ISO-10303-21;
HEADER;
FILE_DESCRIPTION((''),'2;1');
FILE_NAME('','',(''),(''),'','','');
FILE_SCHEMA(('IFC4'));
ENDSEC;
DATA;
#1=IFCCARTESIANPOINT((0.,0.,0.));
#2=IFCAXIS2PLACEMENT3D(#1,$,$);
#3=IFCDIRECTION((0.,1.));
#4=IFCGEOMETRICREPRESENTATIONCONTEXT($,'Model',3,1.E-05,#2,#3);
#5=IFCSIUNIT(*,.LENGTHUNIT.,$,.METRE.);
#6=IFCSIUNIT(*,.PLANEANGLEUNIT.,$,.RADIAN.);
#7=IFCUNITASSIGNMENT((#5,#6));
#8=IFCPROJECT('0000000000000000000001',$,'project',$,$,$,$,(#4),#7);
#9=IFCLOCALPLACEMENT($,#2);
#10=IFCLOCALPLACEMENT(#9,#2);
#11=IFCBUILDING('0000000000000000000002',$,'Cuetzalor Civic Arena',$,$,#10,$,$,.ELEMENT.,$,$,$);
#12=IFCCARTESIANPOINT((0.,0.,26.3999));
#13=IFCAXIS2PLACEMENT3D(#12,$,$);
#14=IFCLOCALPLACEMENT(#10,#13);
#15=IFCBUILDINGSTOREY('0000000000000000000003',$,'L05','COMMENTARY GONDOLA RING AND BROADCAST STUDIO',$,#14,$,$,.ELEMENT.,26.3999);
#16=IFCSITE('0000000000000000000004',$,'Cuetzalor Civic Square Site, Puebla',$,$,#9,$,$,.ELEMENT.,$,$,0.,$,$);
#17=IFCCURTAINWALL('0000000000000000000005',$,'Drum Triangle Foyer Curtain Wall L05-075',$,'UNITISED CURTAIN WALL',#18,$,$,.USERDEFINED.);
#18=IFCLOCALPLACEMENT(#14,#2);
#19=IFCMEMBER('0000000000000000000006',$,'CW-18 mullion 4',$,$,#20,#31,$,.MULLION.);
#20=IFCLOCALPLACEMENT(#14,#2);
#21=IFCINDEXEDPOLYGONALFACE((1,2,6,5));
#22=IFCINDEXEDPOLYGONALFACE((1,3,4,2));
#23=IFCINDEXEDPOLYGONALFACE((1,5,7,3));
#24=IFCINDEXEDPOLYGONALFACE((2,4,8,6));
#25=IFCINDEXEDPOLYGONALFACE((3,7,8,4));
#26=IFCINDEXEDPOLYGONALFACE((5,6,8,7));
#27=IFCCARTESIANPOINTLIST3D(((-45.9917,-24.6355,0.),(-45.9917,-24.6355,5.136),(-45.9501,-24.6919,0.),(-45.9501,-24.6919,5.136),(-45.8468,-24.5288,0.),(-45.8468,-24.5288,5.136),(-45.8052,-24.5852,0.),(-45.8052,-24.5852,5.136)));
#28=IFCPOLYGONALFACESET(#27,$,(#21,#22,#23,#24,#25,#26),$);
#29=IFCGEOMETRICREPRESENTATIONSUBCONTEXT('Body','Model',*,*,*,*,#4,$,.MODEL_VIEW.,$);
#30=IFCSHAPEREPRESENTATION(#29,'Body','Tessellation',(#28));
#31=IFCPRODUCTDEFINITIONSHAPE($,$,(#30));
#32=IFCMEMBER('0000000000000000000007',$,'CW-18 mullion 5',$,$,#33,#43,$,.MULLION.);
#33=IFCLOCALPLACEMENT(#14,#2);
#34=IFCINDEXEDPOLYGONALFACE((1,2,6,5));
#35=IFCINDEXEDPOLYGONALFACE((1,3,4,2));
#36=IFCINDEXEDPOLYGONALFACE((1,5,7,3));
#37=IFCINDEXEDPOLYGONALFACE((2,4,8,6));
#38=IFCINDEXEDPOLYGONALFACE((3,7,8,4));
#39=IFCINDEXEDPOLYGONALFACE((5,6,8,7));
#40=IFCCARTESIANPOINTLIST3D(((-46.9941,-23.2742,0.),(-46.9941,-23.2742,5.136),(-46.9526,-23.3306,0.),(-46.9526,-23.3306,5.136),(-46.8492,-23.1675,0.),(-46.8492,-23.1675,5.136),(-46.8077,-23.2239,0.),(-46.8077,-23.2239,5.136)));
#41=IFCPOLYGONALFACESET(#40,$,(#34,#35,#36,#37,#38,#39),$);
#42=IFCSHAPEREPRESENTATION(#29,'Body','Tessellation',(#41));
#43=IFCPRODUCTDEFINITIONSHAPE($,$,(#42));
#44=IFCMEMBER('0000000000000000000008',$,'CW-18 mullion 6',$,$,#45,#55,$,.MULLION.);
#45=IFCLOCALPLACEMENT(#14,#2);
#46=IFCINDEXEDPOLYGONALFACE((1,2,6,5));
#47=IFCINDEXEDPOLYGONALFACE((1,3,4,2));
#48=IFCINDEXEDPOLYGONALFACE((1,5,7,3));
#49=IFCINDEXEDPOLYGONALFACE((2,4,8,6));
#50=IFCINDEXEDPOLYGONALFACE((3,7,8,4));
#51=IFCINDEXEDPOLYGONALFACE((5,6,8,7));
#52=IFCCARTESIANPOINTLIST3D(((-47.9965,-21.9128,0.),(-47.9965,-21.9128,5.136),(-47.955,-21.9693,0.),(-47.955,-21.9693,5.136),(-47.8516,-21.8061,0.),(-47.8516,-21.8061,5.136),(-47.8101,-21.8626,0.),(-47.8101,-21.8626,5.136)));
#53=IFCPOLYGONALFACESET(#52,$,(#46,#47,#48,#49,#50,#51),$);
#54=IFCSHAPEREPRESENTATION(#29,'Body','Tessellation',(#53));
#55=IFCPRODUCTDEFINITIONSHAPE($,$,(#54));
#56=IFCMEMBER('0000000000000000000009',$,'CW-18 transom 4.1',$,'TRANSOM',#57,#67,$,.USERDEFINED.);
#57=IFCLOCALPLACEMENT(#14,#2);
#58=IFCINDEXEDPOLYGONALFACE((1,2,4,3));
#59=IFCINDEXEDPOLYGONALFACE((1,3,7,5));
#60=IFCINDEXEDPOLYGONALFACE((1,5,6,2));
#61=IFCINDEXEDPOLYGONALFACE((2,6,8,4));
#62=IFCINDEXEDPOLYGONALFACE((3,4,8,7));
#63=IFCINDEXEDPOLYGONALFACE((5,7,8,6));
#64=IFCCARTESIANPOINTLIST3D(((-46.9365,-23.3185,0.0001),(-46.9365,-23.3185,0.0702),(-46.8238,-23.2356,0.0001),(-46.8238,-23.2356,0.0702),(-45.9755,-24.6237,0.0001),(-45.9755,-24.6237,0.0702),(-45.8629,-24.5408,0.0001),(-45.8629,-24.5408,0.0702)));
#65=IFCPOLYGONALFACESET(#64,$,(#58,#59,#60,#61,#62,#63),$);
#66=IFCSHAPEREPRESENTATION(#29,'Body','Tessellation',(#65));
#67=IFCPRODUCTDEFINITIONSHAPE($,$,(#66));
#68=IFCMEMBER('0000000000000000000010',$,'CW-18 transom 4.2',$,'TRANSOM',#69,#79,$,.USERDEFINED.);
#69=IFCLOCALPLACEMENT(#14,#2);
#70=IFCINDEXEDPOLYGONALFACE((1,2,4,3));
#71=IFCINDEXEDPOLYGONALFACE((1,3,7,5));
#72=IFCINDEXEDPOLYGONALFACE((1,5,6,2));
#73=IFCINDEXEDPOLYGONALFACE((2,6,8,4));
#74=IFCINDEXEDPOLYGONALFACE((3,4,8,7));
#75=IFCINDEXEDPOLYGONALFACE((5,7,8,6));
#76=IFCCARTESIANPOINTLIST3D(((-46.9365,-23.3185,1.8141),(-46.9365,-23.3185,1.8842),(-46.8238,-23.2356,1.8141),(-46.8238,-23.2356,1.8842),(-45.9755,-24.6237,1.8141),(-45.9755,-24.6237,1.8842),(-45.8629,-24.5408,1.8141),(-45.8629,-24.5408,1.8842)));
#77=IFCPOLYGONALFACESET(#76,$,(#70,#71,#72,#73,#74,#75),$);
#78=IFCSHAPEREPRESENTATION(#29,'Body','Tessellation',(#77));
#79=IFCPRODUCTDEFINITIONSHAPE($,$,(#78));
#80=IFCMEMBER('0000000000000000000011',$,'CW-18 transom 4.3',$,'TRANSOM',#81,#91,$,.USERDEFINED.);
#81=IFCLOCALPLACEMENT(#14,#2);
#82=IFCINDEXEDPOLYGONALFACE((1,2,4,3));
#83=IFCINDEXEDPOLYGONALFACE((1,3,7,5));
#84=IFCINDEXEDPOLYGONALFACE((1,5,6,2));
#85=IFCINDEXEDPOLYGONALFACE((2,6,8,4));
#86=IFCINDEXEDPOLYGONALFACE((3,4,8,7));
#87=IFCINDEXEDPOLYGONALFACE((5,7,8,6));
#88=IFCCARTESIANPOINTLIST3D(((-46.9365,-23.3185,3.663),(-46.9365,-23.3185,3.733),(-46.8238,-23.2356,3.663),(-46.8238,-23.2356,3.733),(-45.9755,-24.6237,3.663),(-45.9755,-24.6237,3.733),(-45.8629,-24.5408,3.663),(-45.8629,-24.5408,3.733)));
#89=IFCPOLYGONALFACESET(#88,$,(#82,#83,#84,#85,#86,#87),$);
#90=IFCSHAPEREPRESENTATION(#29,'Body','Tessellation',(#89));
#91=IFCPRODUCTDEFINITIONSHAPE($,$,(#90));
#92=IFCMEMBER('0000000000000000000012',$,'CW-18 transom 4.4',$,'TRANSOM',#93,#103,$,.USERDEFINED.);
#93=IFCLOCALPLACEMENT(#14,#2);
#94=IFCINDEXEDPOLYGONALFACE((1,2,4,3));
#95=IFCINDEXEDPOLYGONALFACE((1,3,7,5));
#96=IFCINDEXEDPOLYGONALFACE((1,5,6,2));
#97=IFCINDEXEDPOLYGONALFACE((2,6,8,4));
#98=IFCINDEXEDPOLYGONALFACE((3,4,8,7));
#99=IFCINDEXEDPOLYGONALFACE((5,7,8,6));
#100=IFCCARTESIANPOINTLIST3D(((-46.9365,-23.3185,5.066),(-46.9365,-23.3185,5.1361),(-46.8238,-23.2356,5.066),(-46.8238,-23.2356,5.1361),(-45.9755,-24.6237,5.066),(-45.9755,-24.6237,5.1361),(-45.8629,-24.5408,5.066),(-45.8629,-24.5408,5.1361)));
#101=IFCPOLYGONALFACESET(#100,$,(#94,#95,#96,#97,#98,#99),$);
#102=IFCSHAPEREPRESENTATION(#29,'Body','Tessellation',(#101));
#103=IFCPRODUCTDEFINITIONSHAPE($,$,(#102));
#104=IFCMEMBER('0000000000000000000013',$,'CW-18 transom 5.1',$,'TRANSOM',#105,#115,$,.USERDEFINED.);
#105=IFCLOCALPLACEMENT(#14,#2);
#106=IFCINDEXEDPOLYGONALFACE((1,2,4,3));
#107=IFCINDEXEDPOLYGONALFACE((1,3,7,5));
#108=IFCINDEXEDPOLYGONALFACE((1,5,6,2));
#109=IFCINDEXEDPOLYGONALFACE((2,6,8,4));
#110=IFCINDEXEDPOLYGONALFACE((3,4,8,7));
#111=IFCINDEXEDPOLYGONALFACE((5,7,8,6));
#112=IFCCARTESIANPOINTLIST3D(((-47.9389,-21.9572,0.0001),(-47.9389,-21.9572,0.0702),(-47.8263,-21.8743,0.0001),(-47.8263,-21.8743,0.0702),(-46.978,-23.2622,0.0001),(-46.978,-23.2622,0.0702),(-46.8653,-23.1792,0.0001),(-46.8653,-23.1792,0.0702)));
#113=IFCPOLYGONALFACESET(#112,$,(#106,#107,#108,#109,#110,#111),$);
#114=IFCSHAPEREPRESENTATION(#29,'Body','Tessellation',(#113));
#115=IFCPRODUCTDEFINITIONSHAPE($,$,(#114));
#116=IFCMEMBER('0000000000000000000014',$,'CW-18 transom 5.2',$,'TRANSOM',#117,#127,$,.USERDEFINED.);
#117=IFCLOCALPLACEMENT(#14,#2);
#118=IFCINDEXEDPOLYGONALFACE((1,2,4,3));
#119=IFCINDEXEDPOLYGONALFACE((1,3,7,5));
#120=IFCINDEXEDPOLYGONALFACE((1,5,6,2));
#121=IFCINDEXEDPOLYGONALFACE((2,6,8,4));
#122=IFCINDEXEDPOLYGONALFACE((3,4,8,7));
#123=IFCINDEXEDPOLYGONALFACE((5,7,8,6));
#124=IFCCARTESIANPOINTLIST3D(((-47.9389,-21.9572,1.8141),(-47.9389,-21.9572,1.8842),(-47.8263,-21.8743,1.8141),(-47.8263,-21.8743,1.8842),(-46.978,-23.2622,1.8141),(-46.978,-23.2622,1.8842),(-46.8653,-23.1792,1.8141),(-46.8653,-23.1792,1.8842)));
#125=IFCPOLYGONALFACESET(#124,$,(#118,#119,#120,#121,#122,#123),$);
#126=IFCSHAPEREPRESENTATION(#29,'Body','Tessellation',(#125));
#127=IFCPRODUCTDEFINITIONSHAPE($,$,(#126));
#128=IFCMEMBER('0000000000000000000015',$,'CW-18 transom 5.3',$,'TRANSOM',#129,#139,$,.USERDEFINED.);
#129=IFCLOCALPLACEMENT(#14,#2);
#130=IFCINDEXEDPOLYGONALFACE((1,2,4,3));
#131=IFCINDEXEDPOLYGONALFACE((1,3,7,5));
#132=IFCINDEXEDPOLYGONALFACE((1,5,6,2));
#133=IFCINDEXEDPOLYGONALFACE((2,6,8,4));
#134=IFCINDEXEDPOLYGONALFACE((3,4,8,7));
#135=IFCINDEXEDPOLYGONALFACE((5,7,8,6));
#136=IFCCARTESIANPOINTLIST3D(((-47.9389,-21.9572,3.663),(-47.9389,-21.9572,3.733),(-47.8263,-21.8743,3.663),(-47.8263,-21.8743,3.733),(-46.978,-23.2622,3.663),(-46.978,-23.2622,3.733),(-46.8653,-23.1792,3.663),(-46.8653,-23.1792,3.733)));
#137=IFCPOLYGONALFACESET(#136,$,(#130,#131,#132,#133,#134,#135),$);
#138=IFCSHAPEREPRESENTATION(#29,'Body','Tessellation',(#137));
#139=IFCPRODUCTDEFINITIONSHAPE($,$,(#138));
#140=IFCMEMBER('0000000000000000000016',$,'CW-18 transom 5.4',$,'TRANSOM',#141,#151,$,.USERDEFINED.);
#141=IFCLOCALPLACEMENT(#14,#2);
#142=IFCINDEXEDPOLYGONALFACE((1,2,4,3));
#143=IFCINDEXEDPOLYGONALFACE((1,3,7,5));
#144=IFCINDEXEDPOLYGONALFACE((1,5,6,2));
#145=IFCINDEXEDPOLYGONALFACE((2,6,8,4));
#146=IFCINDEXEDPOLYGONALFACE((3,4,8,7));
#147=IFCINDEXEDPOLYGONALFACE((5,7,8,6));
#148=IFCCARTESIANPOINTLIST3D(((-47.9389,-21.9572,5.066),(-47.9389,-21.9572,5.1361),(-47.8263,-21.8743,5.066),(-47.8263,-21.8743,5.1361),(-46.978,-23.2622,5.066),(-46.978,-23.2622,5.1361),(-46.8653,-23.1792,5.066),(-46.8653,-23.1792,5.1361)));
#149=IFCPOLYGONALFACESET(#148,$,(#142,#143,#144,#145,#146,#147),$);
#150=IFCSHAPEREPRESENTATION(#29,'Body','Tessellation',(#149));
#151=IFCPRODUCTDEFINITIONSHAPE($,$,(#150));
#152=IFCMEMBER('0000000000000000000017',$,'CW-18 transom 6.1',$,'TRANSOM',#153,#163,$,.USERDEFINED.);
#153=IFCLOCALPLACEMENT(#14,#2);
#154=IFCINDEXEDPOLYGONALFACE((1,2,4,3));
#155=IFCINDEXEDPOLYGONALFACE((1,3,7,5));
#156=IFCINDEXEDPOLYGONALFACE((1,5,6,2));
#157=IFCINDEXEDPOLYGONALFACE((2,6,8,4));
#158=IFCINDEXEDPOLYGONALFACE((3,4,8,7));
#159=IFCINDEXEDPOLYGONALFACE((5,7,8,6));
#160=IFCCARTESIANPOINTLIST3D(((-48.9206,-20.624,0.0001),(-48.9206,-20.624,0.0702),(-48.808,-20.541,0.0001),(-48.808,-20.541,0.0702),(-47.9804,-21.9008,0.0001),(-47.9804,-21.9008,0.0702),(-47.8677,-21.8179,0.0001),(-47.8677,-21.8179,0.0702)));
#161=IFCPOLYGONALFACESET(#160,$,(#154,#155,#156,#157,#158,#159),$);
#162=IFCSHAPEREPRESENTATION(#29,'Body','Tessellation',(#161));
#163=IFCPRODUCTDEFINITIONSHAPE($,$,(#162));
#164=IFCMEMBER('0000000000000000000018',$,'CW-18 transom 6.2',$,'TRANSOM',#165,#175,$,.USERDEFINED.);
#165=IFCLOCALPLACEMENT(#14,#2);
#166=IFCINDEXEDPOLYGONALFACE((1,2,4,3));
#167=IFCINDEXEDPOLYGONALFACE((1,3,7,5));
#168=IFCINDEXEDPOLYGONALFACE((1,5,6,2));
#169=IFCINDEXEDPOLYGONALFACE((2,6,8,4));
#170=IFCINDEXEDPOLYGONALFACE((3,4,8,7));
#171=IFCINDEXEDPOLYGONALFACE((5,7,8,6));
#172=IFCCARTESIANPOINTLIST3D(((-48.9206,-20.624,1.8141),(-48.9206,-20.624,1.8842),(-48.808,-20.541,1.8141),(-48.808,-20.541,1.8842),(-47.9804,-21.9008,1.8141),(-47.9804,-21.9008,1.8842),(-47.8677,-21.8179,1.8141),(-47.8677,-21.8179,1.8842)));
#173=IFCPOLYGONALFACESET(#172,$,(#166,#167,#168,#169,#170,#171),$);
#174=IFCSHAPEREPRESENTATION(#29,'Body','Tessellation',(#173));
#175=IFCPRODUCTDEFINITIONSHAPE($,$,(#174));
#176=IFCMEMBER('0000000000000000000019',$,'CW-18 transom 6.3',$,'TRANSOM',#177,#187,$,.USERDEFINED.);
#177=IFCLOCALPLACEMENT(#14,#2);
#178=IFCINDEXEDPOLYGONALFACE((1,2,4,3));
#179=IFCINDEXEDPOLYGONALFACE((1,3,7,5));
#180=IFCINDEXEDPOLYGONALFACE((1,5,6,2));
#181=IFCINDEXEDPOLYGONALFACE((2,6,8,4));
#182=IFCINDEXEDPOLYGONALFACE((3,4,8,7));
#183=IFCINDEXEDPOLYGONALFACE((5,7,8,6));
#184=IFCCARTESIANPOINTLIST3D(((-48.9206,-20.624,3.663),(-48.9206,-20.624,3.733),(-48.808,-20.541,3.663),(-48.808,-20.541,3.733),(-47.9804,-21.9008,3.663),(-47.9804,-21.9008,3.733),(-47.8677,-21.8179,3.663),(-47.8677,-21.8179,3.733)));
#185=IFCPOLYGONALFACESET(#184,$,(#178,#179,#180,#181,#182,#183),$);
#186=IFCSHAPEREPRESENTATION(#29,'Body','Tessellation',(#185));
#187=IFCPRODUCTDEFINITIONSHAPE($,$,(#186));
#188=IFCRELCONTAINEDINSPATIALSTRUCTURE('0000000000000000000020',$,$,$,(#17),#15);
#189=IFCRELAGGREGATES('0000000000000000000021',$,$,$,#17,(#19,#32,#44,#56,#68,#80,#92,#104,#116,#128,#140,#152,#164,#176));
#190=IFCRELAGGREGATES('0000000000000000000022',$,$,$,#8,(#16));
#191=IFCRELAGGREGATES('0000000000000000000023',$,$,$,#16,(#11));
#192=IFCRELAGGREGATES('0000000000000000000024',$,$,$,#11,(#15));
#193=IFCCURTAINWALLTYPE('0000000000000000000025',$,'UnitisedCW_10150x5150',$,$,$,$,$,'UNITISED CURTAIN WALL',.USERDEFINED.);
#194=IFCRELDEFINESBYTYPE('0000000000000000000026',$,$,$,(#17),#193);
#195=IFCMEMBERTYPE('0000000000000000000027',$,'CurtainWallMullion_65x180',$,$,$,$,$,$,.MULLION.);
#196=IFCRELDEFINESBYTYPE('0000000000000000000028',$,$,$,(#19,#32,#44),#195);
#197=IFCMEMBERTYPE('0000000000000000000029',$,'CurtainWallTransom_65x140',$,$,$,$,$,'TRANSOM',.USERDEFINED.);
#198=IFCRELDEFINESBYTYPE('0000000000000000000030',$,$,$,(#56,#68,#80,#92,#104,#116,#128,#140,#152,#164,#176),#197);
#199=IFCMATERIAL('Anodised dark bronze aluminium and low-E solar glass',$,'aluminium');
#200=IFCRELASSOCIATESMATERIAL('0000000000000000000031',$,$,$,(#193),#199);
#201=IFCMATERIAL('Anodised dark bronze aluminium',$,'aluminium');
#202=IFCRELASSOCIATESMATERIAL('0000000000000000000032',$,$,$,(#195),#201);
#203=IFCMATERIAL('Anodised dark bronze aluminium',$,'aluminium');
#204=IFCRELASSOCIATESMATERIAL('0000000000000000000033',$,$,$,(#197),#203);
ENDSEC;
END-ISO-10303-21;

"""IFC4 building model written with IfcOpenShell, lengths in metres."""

from ifc_helpers import new_model, si_unit, direction, frame, origin, origin_2d, place, context, subcontext, project, spatial, rectangle, extrude, material, material_profile, profile_set, type_object, element, aggregate, save


model = new_model("IFC4")

# Units and contexts
model_context = context("Model", 3, precision=1e-05, world=origin(), true_north=direction((0.0, 1.0)))
body_context = subcontext(model_context, "Body", "Model", "MODEL_VIEW")
ifc_project = project(units=[si_unit("LENGTHUNIT", "METRE"), si_unit("PLANEANGLEUNIT", "RADIAN")], contexts=[model_context])

# Site, building, storey
site_placement = place(None, origin())
site = spatial("IfcSite", under=ifc_project, at=site_placement, Name="Cuetzalor Civic Square Site, Puebla", CompositionType="ELEMENT", RefElevation=0.0)
building_placement = place(site_placement, origin())
building = spatial("IfcBuilding", under=site, at=building_placement, Name="Cuetzalor Civic Arena", CompositionType="ELEMENT")
storey_placement = place(building_placement, frame((0.0, 0.0, 26.3999)))
storey = spatial("IfcBuildingStorey", under=building, at=storey_placement, Name="L05", Description="COMMENTARY GONDOLA RING AND BROADCAST STUDIO", CompositionType="ELEMENT", Elevation=26.3999)

# Curtain wall, members
ifc_material_1 = material(Name="Anodised dark bronze aluminium and low-E solar glass", Category="aluminium")
curtain_wall_type = type_object("IfcCurtainWallType", Name="UnitisedCW_10150x5150", ElementType="UNITISED CURTAIN WALL", PredefinedType="USERDEFINED", material=ifc_material_1)
curtain_wall_placement = place(storey_placement, origin())
curtain_wall = element("IfcCurtainWall", 1, at=curtain_wall_placement, inside=storey, type_object=curtain_wall_type, Name="Drum Triangle Foyer Curtain Wall L05-075", ObjectType="UNITISED CURTAIN WALL", PredefinedType="USERDEFINED")
ifc_material_2 = material(Name="Anodised dark bronze aluminium", Category="aluminium")
ifc_material_profile_1 = material_profile(ifc_material_2, rectangle(XDim=0.0701, YDim=0.1799, at=origin_2d()), Name="ALU MULLION 70x180")
ifc_profile_set_1 = profile_set([ifc_material_profile_1], Name="Anodised dark bronze aluminium")
member_type_1 = type_object("IfcMemberType", Name="CurtainWallMullion_65x180", PredefinedType="MULLION", material=ifc_profile_set_1)
member_1_placement = place(storey_placement, frame((-45.8984, -24.6104, 0.0), z_axis=(0.0, 0.0, 1.0), x_axis=(-0.592929, 0.805255, 0.0)))
member_1 = element("IfcMember", 2, at=member_1_placement, type_object=member_type_1, Name="CW-18 mullion 4", PredefinedType="MULLION", context=body_context, shape_type="SweptSolid", body=[
    extrude(rectangle(XDim=0.0701, YDim=0.1799, at=origin_2d()), origin(), (0.0, 0.0, 1.0), 5.136),
])
member_2_placement = place(storey_placement, frame((-46.9009, -23.249, 0.0), z_axis=(0.0, 0.0, 1.0), x_axis=(-0.592929, 0.805255, 0.0)))
member_2 = element("IfcMember", 3, at=member_2_placement, type_object=member_type_1, Name="CW-18 mullion 5", PredefinedType="MULLION", context=body_context, shape_type="SweptSolid", body=[
    extrude(rectangle(XDim=0.0701, YDim=0.1799, at=origin_2d()), origin(), (0.0, 0.0, 1.0), 5.136),
])
member_3_placement = place(storey_placement, frame((-47.9033, -21.8877, 0.0), z_axis=(0.0, 0.0, 1.0), x_axis=(-0.592929, 0.805255, 0.0)))
member_3 = element("IfcMember", 4, at=member_3_placement, type_object=member_type_1, Name="CW-18 mullion 6", PredefinedType="MULLION", context=body_context, shape_type="SweptSolid", body=[
    extrude(rectangle(XDim=0.0701, YDim=0.1799, at=origin_2d()), origin(), (0.0, 0.0, 1.0), 5.136),
])
ifc_material_3 = material(Name="Anodised dark bronze aluminium", Category="aluminium")
ifc_material_profile_2 = material_profile(ifc_material_3, rectangle(XDim=0.1399, YDim=0.0701, at=origin_2d()), Name="ALU TRANSOM 70x140")
ifc_profile_set_2 = profile_set([ifc_material_profile_2], Name="Anodised dark bronze aluminium")
member_type_2 = type_object("IfcMemberType", Name="CurtainWallTransom_65x140", ElementType="TRANSOM", PredefinedType="USERDEFINED", material=ifc_profile_set_2)
member_4_placement = place(storey_placement, frame((-45.9192, -24.5823, 0.0352), z_axis=(-0.592891, 0.805283, 0.0), x_axis=(-0.805283, -0.592891, 0.0)))
member_4 = element("IfcMember", 5, at=member_4_placement, type_object=member_type_2, Name="CW-18 transom 4.1", ObjectType="TRANSOM", PredefinedType="USERDEFINED", context=body_context, shape_type="SweptSolid", body=[
    extrude(rectangle(XDim=0.1399, YDim=0.0701, at=origin_2d()), origin(), (0.0, 0.0, 1.0), 1.6208),
])
member_5_placement = place(storey_placement, frame((-45.9192, -24.5823, 1.8491), z_axis=(-0.592891, 0.805283, 0.0), x_axis=(-0.805283, -0.592891, 0.0)))
member_5 = element("IfcMember", 6, at=member_5_placement, type_object=member_type_2, Name="CW-18 transom 4.2", ObjectType="TRANSOM", PredefinedType="USERDEFINED", context=body_context, shape_type="SweptSolid", body=[
    extrude(rectangle(XDim=0.1399, YDim=0.0701, at=origin_2d()), origin(), (0.0, 0.0, 1.0), 1.6208),
])
member_6_placement = place(storey_placement, frame((-45.9192, -24.5823, 3.698), z_axis=(-0.592891, 0.805283, 0.0), x_axis=(-0.805283, -0.592891, 0.0)))
member_6 = element("IfcMember", 7, at=member_6_placement, type_object=member_type_2, Name="CW-18 transom 4.3", ObjectType="TRANSOM", PredefinedType="USERDEFINED", context=body_context, shape_type="SweptSolid", body=[
    extrude(rectangle(XDim=0.1399, YDim=0.0701, at=origin_2d()), origin(), (0.0, 0.0, 1.0), 1.6208),
])
member_7_placement = place(storey_placement, frame((-45.9192, -24.5823, 5.1011), z_axis=(-0.592891, 0.805283, 0.0), x_axis=(-0.805283, -0.592891, 0.0)))
member_7 = element("IfcMember", 8, at=member_7_placement, type_object=member_type_2, Name="CW-18 transom 4.4", ObjectType="TRANSOM", PredefinedType="USERDEFINED", context=body_context, shape_type="SweptSolid", body=[
    extrude(rectangle(XDim=0.1399, YDim=0.0701, at=origin_2d()), origin(), (0.0, 0.0, 1.0), 1.6208),
])
member_8_placement = place(storey_placement, frame((-46.9216, -23.2207, 0.0352), z_axis=(-0.592963, 0.80523, 0.0), x_axis=(-0.80523, -0.592963, 0.0)))
member_8 = element("IfcMember", 9, at=member_8_placement, type_object=member_type_2, Name="CW-18 transom 5.1", ObjectType="TRANSOM", PredefinedType="USERDEFINED", context=body_context, shape_type="SweptSolid", body=[
    extrude(rectangle(XDim=0.1399, YDim=0.0701, at=origin_2d()), origin(), (0.0, 0.0, 1.0), 1.6206),
])
member_9_placement = place(storey_placement, frame((-46.9216, -23.2207, 1.8491), z_axis=(-0.592963, 0.80523, 0.0), x_axis=(-0.80523, -0.592963, 0.0)))
member_9 = element("IfcMember", 10, at=member_9_placement, type_object=member_type_2, Name="CW-18 transom 5.2", ObjectType="TRANSOM", PredefinedType="USERDEFINED", context=body_context, shape_type="SweptSolid", body=[
    extrude(rectangle(XDim=0.1399, YDim=0.0701, at=origin_2d()), origin(), (0.0, 0.0, 1.0), 1.6206),
])
member_10_placement = place(storey_placement, frame((-46.9216, -23.2207, 3.698), z_axis=(-0.592963, 0.80523, 0.0), x_axis=(-0.80523, -0.592963, 0.0)))
member_10 = element("IfcMember", 11, at=member_10_placement, type_object=member_type_2, Name="CW-18 transom 5.3", ObjectType="TRANSOM", PredefinedType="USERDEFINED", context=body_context, shape_type="SweptSolid", body=[
    extrude(rectangle(XDim=0.1399, YDim=0.0701, at=origin_2d()), origin(), (0.0, 0.0, 1.0), 1.6206),
])
member_11_placement = place(storey_placement, frame((-46.9216, -23.2207, 5.1011), z_axis=(-0.592963, 0.80523, 0.0), x_axis=(-0.80523, -0.592963, 0.0)))
member_11 = element("IfcMember", 12, at=member_11_placement, type_object=member_type_2, Name="CW-18 transom 5.4", ObjectType="TRANSOM", PredefinedType="USERDEFINED", context=body_context, shape_type="SweptSolid", body=[
    extrude(rectangle(XDim=0.1399, YDim=0.0701, at=origin_2d()), origin(), (0.0, 0.0, 1.0), 1.6206),
])
member_12_placement = place(storey_placement, frame((-47.9241, -21.8594, 0.0352), z_axis=(-0.592931, 0.805253, 0.0), x_axis=(-0.805253, -0.592931, 0.0)))
member_12 = element("IfcMember", 13, at=member_12_placement, type_object=member_type_2, Name="CW-18 transom 6.1", ObjectType="TRANSOM", PredefinedType="USERDEFINED", context=body_context, shape_type="SweptSolid", body=[
    extrude(rectangle(XDim=0.1399, YDim=0.0701, at=origin_2d()), origin(), (0.0, 0.0, 1.0), 1.5857),
])
member_13_placement = place(storey_placement, frame((-47.9241, -21.8594, 1.8491), z_axis=(-0.592931, 0.805253, 0.0), x_axis=(-0.805253, -0.592931, 0.0)))
member_13 = element("IfcMember", 14, at=member_13_placement, type_object=member_type_2, Name="CW-18 transom 6.2", ObjectType="TRANSOM", PredefinedType="USERDEFINED", context=body_context, shape_type="SweptSolid", body=[
    extrude(rectangle(XDim=0.1399, YDim=0.0701, at=origin_2d()), origin(), (0.0, 0.0, 1.0), 1.5857),
])
member_14_placement = place(storey_placement, frame((-47.9241, -21.8594, 3.698), z_axis=(-0.592931, 0.805253, 0.0), x_axis=(-0.805253, -0.592931, 0.0)))
member_14 = element("IfcMember", 15, at=member_14_placement, type_object=member_type_2, Name="CW-18 transom 6.3", ObjectType="TRANSOM", PredefinedType="USERDEFINED", context=body_context, shape_type="SweptSolid", body=[
    extrude(rectangle(XDim=0.1399, YDim=0.0701, at=origin_2d()), origin(), (0.0, 0.0, 1.0), 1.5857),
])
aggregate(curtain_wall, [member_1, member_2, member_3, member_4, member_5, member_6, member_7, member_8, member_9, member_10, member_11, member_12, member_13, member_14])

save(model, "model.ifc")
